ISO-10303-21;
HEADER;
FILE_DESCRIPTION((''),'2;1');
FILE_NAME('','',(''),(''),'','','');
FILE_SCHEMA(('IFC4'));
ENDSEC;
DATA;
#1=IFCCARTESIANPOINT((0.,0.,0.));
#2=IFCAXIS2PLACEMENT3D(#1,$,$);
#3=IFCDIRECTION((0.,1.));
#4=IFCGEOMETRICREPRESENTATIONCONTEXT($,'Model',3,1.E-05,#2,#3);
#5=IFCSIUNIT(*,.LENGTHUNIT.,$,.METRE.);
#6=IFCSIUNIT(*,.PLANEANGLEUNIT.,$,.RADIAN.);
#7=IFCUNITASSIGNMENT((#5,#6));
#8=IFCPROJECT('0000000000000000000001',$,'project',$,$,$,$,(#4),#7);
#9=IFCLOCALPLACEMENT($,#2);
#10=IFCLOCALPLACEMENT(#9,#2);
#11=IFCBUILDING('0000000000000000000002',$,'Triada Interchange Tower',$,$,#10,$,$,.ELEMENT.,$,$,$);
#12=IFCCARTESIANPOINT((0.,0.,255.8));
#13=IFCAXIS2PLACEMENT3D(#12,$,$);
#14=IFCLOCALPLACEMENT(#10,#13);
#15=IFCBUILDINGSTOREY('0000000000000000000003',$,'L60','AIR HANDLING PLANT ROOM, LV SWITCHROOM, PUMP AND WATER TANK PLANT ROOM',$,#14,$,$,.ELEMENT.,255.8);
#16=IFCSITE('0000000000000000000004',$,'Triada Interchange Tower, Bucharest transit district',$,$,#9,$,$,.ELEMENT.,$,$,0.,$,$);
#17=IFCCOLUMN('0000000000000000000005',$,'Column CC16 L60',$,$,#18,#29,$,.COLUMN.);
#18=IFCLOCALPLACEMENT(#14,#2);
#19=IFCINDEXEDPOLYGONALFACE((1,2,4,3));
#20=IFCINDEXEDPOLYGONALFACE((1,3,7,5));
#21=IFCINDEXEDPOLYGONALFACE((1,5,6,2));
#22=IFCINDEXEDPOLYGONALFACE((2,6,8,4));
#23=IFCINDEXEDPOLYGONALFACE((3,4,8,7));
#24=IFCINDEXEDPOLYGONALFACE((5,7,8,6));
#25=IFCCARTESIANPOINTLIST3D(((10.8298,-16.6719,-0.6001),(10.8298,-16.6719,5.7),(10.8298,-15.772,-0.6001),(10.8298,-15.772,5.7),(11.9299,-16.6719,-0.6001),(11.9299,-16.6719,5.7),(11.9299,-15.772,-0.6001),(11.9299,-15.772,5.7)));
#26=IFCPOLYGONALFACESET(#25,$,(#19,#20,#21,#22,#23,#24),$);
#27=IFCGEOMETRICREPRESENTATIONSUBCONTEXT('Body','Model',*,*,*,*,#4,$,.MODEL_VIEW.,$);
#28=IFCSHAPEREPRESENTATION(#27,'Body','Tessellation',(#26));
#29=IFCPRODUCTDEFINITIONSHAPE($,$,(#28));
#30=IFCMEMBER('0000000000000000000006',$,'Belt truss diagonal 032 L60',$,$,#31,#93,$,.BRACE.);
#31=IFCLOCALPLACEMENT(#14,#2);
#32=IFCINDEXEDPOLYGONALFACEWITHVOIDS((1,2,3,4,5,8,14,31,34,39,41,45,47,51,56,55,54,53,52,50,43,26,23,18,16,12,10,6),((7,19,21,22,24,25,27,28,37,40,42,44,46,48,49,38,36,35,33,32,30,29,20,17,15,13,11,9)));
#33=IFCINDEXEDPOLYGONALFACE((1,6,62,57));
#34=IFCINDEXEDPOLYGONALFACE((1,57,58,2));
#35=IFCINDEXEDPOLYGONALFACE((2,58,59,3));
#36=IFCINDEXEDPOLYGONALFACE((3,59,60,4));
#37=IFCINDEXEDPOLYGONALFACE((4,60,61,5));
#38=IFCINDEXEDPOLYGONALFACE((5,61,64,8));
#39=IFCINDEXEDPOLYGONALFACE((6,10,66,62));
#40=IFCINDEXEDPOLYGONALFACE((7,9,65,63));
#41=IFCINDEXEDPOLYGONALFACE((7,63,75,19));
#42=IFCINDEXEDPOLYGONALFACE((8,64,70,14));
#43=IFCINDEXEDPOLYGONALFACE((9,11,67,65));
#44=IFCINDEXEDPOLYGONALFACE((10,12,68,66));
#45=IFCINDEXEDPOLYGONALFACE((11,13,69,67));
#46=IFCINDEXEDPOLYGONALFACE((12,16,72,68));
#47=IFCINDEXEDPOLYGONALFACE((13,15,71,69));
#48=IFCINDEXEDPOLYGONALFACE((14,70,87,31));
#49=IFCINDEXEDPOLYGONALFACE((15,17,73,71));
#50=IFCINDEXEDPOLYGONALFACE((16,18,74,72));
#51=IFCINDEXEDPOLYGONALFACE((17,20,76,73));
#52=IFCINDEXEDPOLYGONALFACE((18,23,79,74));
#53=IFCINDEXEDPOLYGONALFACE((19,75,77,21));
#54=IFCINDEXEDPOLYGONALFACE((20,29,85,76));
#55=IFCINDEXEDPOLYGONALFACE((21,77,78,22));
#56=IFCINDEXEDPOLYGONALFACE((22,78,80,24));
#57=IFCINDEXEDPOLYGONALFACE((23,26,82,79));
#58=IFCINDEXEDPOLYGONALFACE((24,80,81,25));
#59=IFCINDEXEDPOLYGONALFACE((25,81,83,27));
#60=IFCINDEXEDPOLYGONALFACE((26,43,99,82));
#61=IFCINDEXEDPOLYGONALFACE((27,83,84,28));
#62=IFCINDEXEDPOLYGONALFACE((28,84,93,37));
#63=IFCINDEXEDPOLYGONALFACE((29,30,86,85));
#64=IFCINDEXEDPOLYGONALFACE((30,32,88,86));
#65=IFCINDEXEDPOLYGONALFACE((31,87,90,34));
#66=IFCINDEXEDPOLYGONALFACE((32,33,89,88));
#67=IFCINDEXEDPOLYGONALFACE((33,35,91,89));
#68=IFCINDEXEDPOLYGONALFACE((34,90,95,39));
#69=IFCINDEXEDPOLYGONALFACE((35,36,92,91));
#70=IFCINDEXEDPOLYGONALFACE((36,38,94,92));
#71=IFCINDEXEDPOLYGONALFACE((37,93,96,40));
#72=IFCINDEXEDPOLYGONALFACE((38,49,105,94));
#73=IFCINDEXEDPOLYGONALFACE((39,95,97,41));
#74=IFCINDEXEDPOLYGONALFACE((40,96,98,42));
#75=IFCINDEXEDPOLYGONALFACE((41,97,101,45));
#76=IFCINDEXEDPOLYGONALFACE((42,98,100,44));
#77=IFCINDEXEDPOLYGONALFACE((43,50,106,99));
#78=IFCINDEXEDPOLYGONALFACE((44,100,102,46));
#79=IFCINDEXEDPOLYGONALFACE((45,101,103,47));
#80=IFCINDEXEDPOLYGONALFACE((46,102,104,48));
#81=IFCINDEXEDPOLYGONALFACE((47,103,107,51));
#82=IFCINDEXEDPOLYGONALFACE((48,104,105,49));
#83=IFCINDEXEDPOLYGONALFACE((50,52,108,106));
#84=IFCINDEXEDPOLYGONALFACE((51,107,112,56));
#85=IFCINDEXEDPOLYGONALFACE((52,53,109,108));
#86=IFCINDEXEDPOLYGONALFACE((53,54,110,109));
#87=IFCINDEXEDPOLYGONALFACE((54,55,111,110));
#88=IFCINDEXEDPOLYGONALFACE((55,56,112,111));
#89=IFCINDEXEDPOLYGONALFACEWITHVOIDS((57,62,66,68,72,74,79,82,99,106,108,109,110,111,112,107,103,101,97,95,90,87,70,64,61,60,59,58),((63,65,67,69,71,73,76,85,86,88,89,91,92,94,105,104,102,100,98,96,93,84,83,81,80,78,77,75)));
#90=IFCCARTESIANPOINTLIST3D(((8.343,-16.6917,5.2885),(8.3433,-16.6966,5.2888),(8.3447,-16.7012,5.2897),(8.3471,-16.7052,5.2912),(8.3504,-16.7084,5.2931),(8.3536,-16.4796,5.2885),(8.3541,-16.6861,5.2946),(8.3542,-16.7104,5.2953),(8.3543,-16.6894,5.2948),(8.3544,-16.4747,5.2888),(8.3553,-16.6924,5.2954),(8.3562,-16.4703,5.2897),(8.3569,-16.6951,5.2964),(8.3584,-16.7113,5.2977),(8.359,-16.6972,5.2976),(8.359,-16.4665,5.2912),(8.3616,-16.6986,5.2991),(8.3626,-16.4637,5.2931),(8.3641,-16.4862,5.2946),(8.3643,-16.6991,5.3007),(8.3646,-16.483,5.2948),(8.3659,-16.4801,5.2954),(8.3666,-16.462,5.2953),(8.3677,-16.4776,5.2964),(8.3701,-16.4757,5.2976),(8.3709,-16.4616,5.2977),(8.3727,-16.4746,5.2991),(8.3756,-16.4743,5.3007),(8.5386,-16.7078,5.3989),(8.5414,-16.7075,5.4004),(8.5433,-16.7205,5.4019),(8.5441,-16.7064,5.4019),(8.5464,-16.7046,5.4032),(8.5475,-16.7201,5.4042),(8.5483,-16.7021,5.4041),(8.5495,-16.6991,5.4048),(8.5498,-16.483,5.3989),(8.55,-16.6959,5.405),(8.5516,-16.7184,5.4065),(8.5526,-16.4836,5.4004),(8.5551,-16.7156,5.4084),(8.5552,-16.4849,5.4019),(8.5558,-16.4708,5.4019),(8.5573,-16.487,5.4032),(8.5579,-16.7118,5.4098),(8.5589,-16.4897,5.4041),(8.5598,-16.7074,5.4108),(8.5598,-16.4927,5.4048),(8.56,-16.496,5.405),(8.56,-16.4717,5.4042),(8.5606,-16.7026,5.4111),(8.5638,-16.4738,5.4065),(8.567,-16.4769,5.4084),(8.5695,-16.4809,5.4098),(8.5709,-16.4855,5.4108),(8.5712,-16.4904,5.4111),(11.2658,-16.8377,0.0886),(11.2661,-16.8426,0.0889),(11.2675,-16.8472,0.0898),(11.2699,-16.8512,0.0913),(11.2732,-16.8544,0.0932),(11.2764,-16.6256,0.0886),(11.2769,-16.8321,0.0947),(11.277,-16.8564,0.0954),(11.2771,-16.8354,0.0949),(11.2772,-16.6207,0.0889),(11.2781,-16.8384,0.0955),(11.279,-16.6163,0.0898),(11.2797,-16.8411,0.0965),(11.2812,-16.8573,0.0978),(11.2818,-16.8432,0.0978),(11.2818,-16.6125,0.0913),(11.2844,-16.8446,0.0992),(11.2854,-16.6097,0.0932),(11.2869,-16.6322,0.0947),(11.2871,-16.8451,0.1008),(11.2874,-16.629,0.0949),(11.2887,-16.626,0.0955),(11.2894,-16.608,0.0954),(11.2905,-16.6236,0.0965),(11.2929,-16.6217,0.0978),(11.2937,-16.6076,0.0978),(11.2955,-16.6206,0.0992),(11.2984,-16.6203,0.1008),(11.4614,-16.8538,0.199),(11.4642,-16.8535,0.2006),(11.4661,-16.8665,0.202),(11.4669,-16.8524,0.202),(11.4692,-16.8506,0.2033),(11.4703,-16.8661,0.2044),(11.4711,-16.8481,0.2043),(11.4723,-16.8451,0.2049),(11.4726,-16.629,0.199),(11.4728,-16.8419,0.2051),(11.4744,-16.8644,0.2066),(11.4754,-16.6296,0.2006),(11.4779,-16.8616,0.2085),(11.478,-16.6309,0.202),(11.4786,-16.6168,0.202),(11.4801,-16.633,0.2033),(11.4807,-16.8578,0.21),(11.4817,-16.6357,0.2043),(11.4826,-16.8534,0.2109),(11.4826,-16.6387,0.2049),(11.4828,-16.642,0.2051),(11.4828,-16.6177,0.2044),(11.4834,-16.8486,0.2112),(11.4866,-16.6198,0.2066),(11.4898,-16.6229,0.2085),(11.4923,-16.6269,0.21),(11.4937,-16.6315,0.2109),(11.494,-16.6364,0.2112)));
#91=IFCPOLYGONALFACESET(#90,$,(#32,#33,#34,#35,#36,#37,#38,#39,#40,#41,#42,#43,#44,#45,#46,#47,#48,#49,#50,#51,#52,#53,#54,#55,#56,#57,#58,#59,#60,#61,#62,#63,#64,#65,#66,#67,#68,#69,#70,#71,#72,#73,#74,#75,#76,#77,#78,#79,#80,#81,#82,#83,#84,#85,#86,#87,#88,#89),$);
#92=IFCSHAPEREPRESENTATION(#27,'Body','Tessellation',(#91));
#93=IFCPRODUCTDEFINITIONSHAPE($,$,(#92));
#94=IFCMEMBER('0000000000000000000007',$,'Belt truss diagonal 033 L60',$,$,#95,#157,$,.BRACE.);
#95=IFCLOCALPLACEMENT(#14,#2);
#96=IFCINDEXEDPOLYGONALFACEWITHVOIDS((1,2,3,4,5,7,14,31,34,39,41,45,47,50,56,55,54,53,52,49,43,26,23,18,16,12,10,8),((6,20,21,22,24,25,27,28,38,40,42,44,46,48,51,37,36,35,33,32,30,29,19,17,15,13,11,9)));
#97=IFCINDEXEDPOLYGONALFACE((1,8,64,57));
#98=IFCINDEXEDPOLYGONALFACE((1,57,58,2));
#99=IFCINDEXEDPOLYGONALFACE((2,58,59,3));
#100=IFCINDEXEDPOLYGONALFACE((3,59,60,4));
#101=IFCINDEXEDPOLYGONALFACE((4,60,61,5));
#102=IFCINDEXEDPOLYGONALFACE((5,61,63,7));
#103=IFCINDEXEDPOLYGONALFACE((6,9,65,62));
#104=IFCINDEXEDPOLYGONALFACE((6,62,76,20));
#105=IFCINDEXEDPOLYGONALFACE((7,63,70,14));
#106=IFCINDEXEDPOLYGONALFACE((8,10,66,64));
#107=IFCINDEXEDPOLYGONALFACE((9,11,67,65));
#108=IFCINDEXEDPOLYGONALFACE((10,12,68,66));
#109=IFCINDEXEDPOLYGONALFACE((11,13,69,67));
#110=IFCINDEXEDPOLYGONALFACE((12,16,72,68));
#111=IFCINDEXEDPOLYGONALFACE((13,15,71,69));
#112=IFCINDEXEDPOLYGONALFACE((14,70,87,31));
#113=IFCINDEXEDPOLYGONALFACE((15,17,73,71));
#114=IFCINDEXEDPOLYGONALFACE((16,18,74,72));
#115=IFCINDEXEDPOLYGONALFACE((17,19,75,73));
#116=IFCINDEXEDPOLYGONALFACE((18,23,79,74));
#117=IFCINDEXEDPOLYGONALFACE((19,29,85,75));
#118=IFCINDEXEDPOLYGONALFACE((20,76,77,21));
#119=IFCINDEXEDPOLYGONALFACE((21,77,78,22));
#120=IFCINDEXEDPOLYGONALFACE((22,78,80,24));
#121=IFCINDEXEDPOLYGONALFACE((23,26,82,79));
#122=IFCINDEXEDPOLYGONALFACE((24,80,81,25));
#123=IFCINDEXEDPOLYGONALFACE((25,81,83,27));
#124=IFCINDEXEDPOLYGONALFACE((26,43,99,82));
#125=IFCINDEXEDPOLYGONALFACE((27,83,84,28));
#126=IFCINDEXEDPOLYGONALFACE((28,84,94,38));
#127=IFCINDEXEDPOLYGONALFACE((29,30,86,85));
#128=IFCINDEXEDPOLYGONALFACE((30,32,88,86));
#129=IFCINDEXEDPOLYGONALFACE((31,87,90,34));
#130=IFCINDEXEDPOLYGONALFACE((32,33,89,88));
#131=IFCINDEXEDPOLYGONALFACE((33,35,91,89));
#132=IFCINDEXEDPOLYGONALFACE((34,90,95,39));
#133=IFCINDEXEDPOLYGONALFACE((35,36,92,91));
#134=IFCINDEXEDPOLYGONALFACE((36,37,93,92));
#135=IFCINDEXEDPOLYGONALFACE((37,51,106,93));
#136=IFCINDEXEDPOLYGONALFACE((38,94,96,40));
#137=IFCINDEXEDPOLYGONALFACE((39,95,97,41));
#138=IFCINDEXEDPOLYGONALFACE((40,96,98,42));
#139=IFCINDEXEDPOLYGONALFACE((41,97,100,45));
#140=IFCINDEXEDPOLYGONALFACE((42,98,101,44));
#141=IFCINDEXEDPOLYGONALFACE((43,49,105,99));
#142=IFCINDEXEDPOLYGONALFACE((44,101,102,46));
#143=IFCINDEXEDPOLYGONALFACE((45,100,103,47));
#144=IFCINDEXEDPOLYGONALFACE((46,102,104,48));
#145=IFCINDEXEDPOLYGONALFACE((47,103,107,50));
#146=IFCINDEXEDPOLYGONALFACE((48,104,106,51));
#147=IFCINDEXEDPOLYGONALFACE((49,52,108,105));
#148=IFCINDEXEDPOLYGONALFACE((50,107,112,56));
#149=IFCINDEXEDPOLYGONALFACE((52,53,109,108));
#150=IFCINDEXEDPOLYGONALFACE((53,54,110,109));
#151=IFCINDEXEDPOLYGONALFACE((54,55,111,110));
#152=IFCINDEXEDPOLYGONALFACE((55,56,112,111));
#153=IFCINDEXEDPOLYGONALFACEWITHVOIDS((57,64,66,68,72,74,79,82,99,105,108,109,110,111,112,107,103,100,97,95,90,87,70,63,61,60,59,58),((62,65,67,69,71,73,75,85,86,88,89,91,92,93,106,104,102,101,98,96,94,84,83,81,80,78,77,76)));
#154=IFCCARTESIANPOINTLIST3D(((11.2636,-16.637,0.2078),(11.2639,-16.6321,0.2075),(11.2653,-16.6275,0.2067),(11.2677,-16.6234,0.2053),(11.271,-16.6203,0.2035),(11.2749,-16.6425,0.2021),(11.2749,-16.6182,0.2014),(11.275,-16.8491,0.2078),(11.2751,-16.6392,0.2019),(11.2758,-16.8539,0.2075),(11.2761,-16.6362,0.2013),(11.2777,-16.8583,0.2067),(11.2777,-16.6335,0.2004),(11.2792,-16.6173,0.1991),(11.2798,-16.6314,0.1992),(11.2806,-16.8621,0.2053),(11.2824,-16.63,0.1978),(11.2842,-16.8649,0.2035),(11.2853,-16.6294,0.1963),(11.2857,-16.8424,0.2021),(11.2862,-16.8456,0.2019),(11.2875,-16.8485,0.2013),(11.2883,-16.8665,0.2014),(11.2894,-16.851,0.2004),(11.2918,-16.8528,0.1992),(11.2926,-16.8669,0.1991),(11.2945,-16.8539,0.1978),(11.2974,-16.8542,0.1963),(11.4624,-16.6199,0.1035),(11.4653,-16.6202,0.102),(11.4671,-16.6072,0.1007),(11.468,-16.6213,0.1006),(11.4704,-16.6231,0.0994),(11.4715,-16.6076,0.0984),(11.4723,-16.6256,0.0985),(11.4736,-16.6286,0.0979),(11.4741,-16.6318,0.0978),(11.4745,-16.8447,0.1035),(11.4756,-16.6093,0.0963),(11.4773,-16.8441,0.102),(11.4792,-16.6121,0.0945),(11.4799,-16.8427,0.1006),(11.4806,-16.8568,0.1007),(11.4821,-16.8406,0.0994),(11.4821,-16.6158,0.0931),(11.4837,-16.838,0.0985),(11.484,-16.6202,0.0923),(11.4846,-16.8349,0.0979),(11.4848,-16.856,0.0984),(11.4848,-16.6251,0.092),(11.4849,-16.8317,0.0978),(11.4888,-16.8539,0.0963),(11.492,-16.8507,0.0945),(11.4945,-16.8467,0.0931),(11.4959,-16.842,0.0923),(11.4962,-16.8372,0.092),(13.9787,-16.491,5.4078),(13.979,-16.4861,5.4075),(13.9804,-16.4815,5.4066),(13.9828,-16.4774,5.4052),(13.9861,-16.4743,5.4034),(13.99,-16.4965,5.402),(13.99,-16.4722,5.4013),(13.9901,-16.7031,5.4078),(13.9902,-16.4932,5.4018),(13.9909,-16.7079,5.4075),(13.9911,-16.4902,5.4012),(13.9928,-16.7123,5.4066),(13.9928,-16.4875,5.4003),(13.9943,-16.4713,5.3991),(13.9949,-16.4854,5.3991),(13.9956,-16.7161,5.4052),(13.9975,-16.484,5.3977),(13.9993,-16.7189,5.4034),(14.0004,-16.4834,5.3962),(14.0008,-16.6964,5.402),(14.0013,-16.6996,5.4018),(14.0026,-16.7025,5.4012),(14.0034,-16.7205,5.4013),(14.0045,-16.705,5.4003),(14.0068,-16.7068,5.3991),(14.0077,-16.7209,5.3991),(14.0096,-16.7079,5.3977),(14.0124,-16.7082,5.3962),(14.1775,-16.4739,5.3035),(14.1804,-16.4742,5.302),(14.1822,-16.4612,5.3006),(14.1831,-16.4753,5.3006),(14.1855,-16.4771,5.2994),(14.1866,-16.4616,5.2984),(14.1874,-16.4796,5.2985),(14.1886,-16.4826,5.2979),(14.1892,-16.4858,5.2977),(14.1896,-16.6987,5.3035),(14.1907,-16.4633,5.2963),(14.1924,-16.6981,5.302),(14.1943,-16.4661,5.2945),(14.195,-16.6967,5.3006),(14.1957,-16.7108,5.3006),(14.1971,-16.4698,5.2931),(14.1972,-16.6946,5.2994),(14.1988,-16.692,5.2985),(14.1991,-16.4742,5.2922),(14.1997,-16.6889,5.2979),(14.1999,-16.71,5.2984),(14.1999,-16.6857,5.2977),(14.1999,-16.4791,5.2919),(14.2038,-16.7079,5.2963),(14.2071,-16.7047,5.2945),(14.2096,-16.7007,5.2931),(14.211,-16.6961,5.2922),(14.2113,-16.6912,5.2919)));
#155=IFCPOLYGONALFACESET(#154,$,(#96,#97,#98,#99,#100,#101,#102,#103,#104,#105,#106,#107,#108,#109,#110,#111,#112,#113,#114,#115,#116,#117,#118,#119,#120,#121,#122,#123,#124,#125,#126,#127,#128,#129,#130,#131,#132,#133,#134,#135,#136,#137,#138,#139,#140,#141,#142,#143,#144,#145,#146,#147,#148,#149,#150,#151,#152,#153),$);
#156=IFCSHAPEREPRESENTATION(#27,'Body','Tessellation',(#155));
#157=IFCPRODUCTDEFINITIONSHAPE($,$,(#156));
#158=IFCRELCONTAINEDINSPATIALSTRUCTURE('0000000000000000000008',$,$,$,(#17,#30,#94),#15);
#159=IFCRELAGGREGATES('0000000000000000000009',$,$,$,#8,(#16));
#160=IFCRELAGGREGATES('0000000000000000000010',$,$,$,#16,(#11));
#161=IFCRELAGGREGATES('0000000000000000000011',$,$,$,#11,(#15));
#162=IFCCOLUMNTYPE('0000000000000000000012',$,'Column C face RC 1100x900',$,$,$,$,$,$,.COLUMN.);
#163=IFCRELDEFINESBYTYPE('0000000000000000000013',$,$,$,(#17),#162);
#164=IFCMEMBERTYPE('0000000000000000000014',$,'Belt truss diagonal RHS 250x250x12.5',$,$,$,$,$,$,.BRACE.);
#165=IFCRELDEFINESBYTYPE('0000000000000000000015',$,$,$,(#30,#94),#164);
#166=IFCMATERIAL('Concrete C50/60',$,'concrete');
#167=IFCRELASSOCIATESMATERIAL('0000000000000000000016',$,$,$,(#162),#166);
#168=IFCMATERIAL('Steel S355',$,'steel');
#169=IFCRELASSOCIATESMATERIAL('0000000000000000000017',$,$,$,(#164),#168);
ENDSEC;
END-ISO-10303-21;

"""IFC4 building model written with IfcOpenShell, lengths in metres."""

from ifc_helpers import new_model, si_unit, direction, frame, origin, origin_2d, place, context, subcontext, project, spatial, rectangle, hollow_rectangle, extrude, material, material_profile, profile_set, type_object, element, save


model = new_model("IFC4")

# Units and contexts
model_context = context("Model", 3, precision=1e-05, world=origin(), true_north=direction((0.0, 1.0)))
body_context = subcontext(model_context, "Body", "Model", "MODEL_VIEW")
ifc_project = project(units=[si_unit("LENGTHUNIT", "METRE"), si_unit("PLANEANGLEUNIT", "RADIAN")], contexts=[model_context])

# Site, building, storey
site_placement = place(None, origin())
site = spatial("IfcSite", under=ifc_project, at=site_placement, Name="Triada Interchange Tower, Bucharest transit district", CompositionType="ELEMENT", RefElevation=0.0)
building_placement = place(site_placement, origin())
building = spatial("IfcBuilding", under=site, at=building_placement, Name="Triada Interchange Tower", CompositionType="ELEMENT")
storey_placement = place(building_placement, frame((0.0, 0.0, 255.8)))
storey = spatial("IfcBuildingStorey", under=building, at=storey_placement, Name="L60", Description="AIR HANDLING PLANT ROOM, LV SWITCHROOM, PUMP AND WATER TANK PLANT ROOM", CompositionType="ELEMENT", Elevation=255.8)

# Column
ifc_material_1 = material(Name="Concrete C50/60", Category="concrete")
ifc_material_profile_1 = material_profile(ifc_material_1, rectangle(XDim=1.1001, YDim=0.8999, at=origin_2d()), Name="RC 1100x900")
ifc_profile_set_1 = profile_set([ifc_material_profile_1], Name="Concrete C50/60")
column_type = type_object("IfcColumnType", Name="Column C face RC 1100x900", PredefinedType="COLUMN", material=ifc_profile_set_1)
column_placement = place(storey_placement, frame((11.3799, -16.2219, -0.6001), z_axis=(0.0, 0.0, 1.0), x_axis=(1.0, 0.0, 0.0)))
element("IfcColumn", 1, at=column_placement, inside=storey, type_object=column_type, Name="Column CC16 L60", PredefinedType="COLUMN", context=body_context, shape_type="SweptSolid", body=[
    extrude(rectangle(XDim=1.1001, YDim=0.8999, at=origin_2d()), origin(), (0.0, 0.0, 1.0), 6.3),
])

# Members
ifc_material_2 = material(Name="Steel S355", Category="steel")
ifc_material_profile_2 = material_profile(ifc_material_2, hollow_rectangle(XDim=0.25, YDim=0.25, WallThickness=0.0125, InnerFilletRadius=0.0125, OuterFilletRadius=0.0188, at=origin_2d()), Name="RHS 250x250x12.5")
ifc_profile_set_2 = profile_set([ifc_material_profile_2], Name="Steel S355")
member_type_1 = type_object("IfcMemberType", Name="Belt truss diagonal RHS 250x250x12.5", PredefinedType="BRACE", material=ifc_profile_set_2)
member_1_placement = place(storey_placement, frame((11.3799, -16.7371, 0.1499), z_axis=(-0.489844, 0.024468, 0.871466), x_axis=(-0.049888, -0.998755, 0.0)))
element("IfcMember", 2, at=member_1_placement, inside=storey, type_object=member_type_1, Name="Belt truss diagonal 032 L60", PredefinedType="BRACE", context=body_context, shape_type="SweptSolid", body=[
    extrude(hollow_rectangle(XDim=0.25, YDim=0.25, WallThickness=0.0125, InnerFilletRadius=0.0125, OuterFilletRadius=0.0188, at=origin_2d()), origin(), (0.0, 0.0, 1.0), 5.9668),
])
member_2_placement = place(storey_placement, frame((11.3799, -16.7371, 0.1499), z_axis=(0.4627, 0.02488, 0.886166), x_axis=(-0.053695, 0.998557, 0.0)))
element("IfcMember", 3, at=member_2_placement, inside=storey, type_object=member_type_1, Name="Belt truss diagonal 033 L60", PredefinedType="BRACE", context=body_context, shape_type="SweptSolid", body=[
    extrude(hollow_rectangle(XDim=0.25, YDim=0.25, WallThickness=0.0125, InnerFilletRadius=0.0125, OuterFilletRadius=0.0188, at=origin_2d()), origin(), (0.0, 0.0, 1.0), 5.8679),
])

save(model, "model.ifc")
